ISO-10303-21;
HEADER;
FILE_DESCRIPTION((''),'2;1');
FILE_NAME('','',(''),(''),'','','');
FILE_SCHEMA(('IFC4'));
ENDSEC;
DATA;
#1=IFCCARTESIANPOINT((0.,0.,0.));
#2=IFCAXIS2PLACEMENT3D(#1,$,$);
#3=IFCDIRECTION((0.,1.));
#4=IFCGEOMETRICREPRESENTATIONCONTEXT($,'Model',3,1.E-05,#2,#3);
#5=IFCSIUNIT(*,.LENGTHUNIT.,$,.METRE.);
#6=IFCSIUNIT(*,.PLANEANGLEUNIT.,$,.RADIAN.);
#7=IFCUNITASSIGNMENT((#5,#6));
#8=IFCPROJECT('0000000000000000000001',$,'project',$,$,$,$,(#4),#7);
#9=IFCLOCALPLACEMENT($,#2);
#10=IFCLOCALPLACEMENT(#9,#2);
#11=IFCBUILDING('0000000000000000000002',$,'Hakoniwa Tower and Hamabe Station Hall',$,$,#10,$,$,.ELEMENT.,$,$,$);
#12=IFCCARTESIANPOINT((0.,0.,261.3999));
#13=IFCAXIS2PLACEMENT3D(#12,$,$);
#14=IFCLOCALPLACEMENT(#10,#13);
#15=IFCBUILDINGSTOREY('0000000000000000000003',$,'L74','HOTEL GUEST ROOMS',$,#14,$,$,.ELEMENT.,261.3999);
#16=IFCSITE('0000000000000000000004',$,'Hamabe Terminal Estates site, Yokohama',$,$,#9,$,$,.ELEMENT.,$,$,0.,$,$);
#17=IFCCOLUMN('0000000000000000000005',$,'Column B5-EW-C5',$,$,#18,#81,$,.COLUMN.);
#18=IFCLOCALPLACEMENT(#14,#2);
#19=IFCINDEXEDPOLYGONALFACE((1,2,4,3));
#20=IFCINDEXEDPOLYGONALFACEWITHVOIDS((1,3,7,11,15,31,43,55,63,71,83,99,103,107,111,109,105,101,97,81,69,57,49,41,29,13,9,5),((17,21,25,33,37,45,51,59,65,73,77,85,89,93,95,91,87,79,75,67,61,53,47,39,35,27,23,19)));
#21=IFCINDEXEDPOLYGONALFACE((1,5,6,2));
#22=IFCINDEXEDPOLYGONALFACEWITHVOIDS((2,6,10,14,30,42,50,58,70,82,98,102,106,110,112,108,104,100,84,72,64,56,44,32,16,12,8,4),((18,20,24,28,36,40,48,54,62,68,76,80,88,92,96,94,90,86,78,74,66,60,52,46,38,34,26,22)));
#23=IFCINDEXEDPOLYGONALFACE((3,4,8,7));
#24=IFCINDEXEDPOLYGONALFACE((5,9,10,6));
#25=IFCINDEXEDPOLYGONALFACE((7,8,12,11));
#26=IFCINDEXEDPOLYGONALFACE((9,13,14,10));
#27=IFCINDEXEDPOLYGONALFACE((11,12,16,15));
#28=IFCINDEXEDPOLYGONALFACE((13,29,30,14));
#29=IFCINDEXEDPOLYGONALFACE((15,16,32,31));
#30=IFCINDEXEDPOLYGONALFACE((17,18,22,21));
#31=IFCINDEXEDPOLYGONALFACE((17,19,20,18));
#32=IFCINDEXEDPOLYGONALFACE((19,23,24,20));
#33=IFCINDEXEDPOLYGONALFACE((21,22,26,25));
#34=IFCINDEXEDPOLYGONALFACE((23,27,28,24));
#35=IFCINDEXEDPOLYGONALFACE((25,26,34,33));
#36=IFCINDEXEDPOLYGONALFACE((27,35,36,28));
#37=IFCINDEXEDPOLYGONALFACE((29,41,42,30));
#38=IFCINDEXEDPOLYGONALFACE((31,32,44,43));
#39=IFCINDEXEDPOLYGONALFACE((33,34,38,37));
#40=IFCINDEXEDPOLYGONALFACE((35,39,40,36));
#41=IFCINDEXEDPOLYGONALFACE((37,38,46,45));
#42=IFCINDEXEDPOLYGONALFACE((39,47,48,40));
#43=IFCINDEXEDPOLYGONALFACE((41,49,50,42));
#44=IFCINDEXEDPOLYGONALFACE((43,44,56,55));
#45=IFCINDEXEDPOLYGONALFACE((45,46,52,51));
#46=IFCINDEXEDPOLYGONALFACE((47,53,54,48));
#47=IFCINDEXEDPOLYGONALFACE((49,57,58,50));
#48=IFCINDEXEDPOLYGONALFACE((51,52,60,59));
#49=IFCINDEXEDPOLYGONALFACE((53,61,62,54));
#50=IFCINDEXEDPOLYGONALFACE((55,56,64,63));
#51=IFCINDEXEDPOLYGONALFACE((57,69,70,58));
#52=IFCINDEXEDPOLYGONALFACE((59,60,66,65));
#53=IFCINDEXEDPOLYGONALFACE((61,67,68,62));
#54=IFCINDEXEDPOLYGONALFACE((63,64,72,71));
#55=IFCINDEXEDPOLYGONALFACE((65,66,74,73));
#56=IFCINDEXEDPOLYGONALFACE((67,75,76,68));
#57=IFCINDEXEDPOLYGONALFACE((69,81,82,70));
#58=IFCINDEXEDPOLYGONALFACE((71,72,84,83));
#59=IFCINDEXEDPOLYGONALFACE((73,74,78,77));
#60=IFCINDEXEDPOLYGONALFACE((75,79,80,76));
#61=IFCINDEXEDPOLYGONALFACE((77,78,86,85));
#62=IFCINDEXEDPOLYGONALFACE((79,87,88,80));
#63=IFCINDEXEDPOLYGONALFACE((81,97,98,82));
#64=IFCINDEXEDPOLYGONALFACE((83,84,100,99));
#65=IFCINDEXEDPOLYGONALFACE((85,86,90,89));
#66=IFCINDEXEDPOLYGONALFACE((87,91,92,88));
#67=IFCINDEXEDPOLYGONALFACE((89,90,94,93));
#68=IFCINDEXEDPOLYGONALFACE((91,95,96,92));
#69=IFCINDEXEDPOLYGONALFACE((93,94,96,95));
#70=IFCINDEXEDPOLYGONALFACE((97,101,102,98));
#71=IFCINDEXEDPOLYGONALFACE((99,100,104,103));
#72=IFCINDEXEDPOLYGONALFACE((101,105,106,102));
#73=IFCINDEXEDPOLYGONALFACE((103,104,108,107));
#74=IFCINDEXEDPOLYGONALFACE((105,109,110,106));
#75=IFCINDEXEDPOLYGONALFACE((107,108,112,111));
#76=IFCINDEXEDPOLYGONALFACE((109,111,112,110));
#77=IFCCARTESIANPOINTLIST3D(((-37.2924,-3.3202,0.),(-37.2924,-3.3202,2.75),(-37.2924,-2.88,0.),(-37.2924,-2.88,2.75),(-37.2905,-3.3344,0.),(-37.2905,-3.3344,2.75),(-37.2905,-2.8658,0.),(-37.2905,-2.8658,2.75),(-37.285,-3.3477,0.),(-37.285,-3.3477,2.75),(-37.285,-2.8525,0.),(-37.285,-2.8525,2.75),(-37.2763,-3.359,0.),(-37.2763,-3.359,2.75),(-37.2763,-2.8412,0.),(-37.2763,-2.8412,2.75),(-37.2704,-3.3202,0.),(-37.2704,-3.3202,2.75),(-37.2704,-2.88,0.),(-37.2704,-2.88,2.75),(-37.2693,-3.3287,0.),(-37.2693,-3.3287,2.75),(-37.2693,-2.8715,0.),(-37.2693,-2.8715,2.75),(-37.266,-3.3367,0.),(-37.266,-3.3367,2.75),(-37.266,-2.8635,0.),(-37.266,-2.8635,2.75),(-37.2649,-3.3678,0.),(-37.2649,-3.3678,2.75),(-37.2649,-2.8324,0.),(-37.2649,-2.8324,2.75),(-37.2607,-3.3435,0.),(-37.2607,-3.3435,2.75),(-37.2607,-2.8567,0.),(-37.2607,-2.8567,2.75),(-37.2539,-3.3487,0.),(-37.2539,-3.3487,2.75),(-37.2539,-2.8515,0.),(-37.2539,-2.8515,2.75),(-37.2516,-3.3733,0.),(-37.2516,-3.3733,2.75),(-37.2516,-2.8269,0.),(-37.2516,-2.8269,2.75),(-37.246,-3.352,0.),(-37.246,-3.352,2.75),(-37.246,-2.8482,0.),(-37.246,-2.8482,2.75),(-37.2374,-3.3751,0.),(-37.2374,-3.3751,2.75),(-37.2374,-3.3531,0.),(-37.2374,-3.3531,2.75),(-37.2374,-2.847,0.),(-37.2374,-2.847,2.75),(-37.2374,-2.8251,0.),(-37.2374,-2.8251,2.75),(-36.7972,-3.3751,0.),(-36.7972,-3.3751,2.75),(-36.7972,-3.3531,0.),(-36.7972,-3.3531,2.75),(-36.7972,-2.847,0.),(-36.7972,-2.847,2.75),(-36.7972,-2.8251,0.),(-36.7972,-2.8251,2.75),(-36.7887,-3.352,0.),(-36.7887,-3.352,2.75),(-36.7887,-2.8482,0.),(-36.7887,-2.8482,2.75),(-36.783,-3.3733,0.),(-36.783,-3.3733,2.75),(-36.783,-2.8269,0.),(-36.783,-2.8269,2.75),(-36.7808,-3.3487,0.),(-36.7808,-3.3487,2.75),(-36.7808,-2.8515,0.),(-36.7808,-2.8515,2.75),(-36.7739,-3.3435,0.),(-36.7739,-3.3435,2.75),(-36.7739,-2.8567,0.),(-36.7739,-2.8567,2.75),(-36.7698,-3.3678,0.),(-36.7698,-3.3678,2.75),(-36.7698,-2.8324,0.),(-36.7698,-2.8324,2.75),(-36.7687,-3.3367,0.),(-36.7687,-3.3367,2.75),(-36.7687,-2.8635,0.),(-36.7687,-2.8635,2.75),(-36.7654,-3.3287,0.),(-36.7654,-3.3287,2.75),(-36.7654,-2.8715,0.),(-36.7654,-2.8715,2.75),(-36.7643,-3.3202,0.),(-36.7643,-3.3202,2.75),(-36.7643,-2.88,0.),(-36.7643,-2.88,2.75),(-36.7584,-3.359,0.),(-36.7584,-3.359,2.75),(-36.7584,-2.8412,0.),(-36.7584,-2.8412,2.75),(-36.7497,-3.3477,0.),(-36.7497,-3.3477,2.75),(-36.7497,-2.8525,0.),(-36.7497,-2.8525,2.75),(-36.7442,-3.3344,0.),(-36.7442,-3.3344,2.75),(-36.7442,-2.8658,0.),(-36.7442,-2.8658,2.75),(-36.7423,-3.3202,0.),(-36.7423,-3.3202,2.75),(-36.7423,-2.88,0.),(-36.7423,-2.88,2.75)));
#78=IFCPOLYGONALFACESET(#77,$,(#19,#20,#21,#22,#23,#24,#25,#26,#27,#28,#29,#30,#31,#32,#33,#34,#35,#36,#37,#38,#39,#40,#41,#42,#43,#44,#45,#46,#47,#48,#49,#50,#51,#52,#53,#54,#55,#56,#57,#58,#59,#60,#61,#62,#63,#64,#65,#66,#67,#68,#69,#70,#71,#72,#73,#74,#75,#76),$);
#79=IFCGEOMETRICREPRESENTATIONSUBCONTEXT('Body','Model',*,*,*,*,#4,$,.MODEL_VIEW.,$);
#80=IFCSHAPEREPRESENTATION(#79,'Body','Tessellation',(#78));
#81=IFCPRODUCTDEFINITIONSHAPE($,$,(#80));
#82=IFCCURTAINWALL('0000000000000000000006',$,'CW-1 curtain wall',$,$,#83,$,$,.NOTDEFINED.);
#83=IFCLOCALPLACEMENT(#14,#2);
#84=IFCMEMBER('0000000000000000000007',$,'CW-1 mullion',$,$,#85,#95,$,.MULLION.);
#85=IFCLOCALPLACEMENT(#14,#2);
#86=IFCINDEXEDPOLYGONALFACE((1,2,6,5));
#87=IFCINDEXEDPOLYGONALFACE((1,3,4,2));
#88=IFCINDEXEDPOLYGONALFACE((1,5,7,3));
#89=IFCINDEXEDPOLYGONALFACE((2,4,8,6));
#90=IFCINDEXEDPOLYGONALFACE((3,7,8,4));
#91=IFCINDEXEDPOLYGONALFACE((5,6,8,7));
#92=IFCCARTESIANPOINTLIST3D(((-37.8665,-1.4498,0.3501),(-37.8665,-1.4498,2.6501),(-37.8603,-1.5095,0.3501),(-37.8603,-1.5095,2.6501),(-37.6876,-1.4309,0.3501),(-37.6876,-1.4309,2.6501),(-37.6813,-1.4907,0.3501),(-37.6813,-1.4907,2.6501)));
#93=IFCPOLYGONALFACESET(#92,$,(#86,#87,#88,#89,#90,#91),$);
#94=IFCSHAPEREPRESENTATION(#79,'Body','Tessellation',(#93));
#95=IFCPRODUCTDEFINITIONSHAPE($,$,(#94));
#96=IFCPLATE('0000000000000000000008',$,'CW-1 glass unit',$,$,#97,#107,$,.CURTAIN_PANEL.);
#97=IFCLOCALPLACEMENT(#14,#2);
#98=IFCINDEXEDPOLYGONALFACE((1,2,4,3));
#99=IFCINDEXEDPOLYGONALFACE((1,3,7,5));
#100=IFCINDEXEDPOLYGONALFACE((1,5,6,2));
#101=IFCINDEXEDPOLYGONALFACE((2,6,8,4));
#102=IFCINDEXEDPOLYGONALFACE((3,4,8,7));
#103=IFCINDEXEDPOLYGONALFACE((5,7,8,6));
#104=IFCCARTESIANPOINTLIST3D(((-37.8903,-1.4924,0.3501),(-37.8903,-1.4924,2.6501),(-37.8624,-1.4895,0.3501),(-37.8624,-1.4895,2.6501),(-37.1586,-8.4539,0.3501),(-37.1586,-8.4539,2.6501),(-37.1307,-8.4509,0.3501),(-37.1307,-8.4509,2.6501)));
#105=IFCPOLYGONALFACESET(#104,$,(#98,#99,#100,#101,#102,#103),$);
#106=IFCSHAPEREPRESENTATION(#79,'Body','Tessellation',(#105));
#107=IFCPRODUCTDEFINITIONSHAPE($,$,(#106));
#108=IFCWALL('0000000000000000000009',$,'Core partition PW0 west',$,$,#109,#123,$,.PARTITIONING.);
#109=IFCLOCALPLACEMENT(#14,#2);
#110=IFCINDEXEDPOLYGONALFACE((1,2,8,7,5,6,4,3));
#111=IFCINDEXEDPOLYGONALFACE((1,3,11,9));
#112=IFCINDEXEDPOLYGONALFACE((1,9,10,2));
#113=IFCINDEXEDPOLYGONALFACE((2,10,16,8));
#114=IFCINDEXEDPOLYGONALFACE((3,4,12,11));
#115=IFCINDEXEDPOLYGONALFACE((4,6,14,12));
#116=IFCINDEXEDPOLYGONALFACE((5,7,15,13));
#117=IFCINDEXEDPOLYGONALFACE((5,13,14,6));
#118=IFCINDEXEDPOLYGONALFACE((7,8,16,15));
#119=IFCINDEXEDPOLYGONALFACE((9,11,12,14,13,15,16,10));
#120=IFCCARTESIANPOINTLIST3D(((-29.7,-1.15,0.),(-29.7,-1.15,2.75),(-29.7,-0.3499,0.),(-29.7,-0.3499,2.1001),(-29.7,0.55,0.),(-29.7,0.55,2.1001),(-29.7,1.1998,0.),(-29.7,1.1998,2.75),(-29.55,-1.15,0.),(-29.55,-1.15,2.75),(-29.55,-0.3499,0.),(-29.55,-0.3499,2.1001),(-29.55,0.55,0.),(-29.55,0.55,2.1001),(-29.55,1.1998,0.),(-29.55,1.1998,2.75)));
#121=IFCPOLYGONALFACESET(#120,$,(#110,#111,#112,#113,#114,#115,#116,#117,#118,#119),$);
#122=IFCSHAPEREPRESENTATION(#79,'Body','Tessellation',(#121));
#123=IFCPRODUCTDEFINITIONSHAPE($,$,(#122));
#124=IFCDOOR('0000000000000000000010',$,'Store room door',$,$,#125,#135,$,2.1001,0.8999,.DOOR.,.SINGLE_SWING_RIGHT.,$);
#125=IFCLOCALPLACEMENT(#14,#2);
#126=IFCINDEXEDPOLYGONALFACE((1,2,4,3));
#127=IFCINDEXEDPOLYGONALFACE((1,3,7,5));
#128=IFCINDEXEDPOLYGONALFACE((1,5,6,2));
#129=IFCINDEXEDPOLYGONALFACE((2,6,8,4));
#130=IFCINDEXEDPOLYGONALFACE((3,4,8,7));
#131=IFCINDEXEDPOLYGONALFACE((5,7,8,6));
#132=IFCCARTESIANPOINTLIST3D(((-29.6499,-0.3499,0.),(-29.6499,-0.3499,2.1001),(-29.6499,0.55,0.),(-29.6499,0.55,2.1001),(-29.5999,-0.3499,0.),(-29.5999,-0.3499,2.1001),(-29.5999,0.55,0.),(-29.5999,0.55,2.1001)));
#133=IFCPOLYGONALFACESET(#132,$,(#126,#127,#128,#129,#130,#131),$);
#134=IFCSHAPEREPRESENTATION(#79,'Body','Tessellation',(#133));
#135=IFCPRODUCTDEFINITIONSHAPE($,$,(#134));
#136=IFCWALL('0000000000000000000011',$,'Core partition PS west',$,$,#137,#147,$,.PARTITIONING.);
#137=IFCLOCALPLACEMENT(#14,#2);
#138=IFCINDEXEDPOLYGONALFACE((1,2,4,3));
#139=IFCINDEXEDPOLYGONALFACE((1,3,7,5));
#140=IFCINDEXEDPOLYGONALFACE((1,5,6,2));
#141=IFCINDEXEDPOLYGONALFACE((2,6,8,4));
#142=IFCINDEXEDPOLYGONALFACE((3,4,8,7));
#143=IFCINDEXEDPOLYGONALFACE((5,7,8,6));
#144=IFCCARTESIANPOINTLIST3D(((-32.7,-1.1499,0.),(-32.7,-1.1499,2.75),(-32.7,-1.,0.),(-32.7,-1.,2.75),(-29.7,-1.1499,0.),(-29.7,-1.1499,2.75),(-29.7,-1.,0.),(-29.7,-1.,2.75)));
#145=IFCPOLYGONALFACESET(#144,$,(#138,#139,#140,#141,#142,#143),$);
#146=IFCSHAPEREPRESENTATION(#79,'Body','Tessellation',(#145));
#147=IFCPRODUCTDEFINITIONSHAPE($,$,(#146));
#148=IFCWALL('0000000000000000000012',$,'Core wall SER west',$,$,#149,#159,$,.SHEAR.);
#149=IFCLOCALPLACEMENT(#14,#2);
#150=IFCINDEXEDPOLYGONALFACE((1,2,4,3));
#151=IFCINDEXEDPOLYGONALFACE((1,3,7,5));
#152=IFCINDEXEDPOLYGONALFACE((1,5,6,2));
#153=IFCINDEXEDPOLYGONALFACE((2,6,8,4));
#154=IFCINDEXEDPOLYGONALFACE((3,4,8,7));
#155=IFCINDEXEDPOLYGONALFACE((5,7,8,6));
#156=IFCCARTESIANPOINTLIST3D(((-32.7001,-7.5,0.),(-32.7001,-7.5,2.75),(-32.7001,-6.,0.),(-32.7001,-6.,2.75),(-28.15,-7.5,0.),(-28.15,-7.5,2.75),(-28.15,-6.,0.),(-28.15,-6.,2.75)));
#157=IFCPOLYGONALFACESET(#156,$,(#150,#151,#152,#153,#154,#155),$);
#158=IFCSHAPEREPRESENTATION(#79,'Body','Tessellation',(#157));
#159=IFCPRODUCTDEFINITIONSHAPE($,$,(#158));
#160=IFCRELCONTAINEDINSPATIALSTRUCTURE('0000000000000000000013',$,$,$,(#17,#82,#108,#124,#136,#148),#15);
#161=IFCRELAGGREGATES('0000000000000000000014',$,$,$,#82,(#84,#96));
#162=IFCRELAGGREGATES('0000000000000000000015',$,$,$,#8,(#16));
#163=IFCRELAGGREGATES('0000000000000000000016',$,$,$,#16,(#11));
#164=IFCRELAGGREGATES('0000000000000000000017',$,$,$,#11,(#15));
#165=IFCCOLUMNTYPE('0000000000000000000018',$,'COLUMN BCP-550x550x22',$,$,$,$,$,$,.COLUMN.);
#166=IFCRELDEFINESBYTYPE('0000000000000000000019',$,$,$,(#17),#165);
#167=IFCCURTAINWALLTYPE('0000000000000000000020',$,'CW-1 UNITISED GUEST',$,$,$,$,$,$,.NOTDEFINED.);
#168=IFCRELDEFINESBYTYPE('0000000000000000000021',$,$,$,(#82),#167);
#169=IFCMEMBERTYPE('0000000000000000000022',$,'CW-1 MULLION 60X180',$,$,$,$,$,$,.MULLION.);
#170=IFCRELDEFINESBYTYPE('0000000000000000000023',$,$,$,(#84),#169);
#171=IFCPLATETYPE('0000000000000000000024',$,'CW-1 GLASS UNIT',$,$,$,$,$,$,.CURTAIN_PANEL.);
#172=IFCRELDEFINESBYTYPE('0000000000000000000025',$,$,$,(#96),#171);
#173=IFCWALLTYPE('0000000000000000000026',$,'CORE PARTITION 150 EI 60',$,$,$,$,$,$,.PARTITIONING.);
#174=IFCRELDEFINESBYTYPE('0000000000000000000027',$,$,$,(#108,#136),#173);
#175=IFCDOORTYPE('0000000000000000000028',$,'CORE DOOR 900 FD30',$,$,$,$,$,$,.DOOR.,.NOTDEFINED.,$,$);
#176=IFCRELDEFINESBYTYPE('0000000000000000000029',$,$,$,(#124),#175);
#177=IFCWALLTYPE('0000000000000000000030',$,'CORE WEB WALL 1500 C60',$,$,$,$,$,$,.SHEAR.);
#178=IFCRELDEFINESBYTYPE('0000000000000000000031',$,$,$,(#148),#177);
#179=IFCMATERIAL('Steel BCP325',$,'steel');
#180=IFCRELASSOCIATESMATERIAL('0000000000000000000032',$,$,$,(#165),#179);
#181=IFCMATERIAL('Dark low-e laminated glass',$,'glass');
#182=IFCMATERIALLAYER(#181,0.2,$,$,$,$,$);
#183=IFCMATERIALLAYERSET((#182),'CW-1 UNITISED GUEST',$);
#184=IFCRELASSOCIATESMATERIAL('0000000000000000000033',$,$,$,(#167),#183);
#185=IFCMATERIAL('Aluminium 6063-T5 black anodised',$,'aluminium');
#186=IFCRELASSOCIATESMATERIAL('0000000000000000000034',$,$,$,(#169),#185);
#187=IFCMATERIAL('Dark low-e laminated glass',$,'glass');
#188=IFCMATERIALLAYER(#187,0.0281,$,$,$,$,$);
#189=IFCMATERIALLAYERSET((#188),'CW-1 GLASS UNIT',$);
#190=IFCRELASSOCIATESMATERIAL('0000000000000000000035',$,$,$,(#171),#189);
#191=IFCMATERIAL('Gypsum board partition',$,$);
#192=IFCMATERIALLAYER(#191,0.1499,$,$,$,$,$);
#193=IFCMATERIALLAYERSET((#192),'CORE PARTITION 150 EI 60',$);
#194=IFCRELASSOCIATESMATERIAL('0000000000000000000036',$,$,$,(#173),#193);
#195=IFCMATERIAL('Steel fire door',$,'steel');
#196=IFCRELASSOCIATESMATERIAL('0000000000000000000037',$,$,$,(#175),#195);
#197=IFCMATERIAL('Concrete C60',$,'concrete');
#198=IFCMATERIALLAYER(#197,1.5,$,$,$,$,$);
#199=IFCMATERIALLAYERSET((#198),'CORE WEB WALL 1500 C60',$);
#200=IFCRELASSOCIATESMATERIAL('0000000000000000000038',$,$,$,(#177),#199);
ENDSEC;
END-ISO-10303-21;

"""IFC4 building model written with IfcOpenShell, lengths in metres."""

from ifc_helpers import new_model, si_unit, direction, frame, frame_2d, origin, origin_2d, place, context, subcontext, project, spatial, rectangle, hollow_rectangle, extrude, material, layer, layer_set, material_profile, profile_set, type_object, element, fill, aggregate, save


model = new_model("IFC4")

# Units and contexts
model_context = context("Model", 3, precision=1e-05, world=origin(), true_north=direction((0.0, 1.0)))
body_context = subcontext(model_context, "Body", "Model", "MODEL_VIEW")
ifc_project = project(units=[si_unit("LENGTHUNIT", "METRE"), si_unit("PLANEANGLEUNIT", "RADIAN")], contexts=[model_context])

# Site, building, storey
site_placement = place(None, origin())
site = spatial("IfcSite", under=ifc_project, at=site_placement, Name="Hamabe Terminal Estates site, Yokohama", CompositionType="ELEMENT", RefElevation=0.0)
building_placement = place(site_placement, origin())
building = spatial("IfcBuilding", under=site, at=building_placement, Name="Hakoniwa Tower and Hamabe Station Hall", CompositionType="ELEMENT")
storey_placement = place(building_placement, frame((0.0, 0.0, 261.3999)))
storey = spatial("IfcBuildingStorey", under=building, at=storey_placement, Name="L74", Description="HOTEL GUEST ROOMS", CompositionType="ELEMENT", Elevation=261.3999)

# Column
ifc_material_1 = material(Name="Steel BCP325", Category="steel")
ifc_material_profile_1 = material_profile(ifc_material_1, hollow_rectangle(XDim=0.55, YDim=0.55, WallThickness=0.022, InnerFilletRadius=0.033, OuterFilletRadius=0.0549, at=origin_2d()), Name="BCP-550x550x22")
ifc_profile_set_1 = profile_set([ifc_material_profile_1], Name="Steel BCP325")
column_type = type_object("IfcColumnType", Name="COLUMN BCP-550x550x22", PredefinedType="COLUMN", material=ifc_profile_set_1)
column_placement = place(storey_placement, frame((-37.0173, -3.1001, 0.0), z_axis=(0.0, 0.0, 1.0), x_axis=(1.0, 0.0, 0.0)))
element("IfcColumn", 1, at=column_placement, inside=storey, type_object=column_type, Name="Column B5-EW-C5", PredefinedType="COLUMN", context=body_context, shape_type="SweptSolid", body=[
    extrude(hollow_rectangle(XDim=0.55, YDim=0.55, WallThickness=0.022, InnerFilletRadius=0.033, OuterFilletRadius=0.0549, at=origin_2d()), origin(), (0.0, 0.0, 1.0), 2.75),
])

# Curtain wall, member, plate
ifc_material_2 = material(Name="Dark low-e laminated glass", Category="glass")
ifc_layer_1 = layer(ifc_material_2, 0.2)
ifc_layer_set_1 = layer_set([ifc_layer_1], Name="CW-1 UNITISED GUEST")
curtain_wall_type = type_object("IfcCurtainWallType", Name="CW-1 UNITISED GUEST", PredefinedType="NOTDEFINED", material=ifc_layer_set_1)
curtain_wall_placement = place(storey_placement, origin())
curtain_wall = element("IfcCurtainWall", 2, at=curtain_wall_placement, inside=storey, type_object=curtain_wall_type, Name="CW-1 curtain wall", PredefinedType="NOTDEFINED")
ifc_material_3 = material(Name="Aluminium 6063-T5 black anodised", Category="aluminium")
ifc_material_profile_2 = material_profile(ifc_material_3, rectangle(XDim=0.0601, YDim=0.1799, at=origin_2d()), Name="CW-1 MULLION 60X180")
ifc_profile_set_2 = profile_set([ifc_material_profile_2], Name="Aluminium 6063-T5 black anodised")
member_type = type_object("IfcMemberType", Name="CW-1 MULLION 60X180", PredefinedType="MULLION", material=ifc_profile_set_2)
member_placement = place(storey_placement, frame((-37.7739, -1.4702, 0.3501), z_axis=(0.0, 0.0, 1.0), x_axis=(0.104528, -0.994522, 0.0)))
member = element("IfcMember", 3, at=member_placement, type_object=member_type, Name="CW-1 mullion", PredefinedType="MULLION", context=body_context, shape_type="SweptSolid", body=[
    extrude(rectangle(XDim=0.0601, YDim=0.1799, at=origin_2d()), origin(), (0.0, 0.0, 1.0), 2.3),
])
ifc_material_4 = material(Name="Dark low-e laminated glass", Category="glass")
ifc_layer_2 = layer(ifc_material_4, 0.0281)
ifc_layer_set_2 = layer_set([ifc_layer_2], Name="CW-1 GLASS UNIT")
plate_type = type_object("IfcPlateType", Name="CW-1 GLASS UNIT", PredefinedType="CURTAIN_PANEL", material=ifc_layer_set_2)
plate_placement = place(storey_placement, frame((-37.5105, -4.9717, 0.3501), z_axis=(0.0, 0.0, 1.0), x_axis=(0.104528, -0.994522, 0.0)))
plate = element("IfcPlate", 4, at=plate_placement, type_object=plate_type, Name="CW-1 glass unit", PredefinedType="CURTAIN_PANEL", context=body_context, shape_type="SweptSolid", body=[
    extrude(rectangle(XDim=6.9998, YDim=0.0281, at=origin_2d()), origin(), (0.0, 0.0, 1.0), 2.3),
])
aggregate(curtain_wall, [member, plate])

# Wall, opening, door
ifc_material_5 = material(Name="Gypsum board partition")
ifc_layer_3 = layer(ifc_material_5, 0.1499)
ifc_layer_set_3 = layer_set([ifc_layer_3], Name="CORE PARTITION 150 EI 60")
wall_type_1 = type_object("IfcWallType", Name="CORE PARTITION 150 EI 60", PredefinedType="PARTITIONING", material=ifc_layer_set_3)
wall_1_placement = place(storey_placement, frame((-29.625, -1.1499, 0.0), z_axis=(0.0, 0.0, 1.0), x_axis=(0.0, 1.0, 0.0)))
wall_1 = element("IfcWall", 5, at=wall_1_placement, inside=storey, type_object=wall_type_1, Name="Core partition PW0 west", PredefinedType="PARTITIONING", context=body_context, shape_type="SweptSolid", body=[
    extrude(rectangle(XDim=2.3499, YDim=0.1499, at=frame_2d((1.1748, 0.0))), origin(), (0.0, 0.0, 1.0), 2.75),
])
opening_1_placement = place(wall_1_placement, frame((0.8, 0.0, 0.0)))
opening_1 = element("IfcOpeningElement", 6, at=opening_1_placement, cuts=wall_1, PredefinedType="OPENING", context=body_context, shape_type="SweptSolid", body=[
    extrude(rectangle(XDim=0.8999, YDim=2.1001, at=frame_2d((0.45, 1.05))), frame((0.0, 0.085, 0.0), z_axis=(0.0, -1.0, 0.0), x_axis=(1.0, 0.0, 0.0)), (0.0, 0.0, 1.0), 0.1699),
])
ifc_material_6 = material(Name="Steel fire door", Category="steel")
door_type_1 = type_object("IfcDoorType", Name="CORE DOOR 900 FD30", OperationType="NOTDEFINED", PredefinedType="DOOR", material=ifc_material_6)
door_1_placement = place(opening_1_placement, origin())
door_1 = element("IfcDoor", 7, at=door_1_placement, inside=storey, type_object=door_type_1, Name="Store room door", OperationType="SINGLE_SWING_RIGHT", OverallHeight=2.1001, OverallWidth=0.8999, PredefinedType="DOOR", context=body_context, shape_type="SweptSolid", body=[
    extrude(rectangle(XDim=0.8999, YDim=2.1001, at=frame_2d((0.45, 1.05))), frame((0.0, 0.0249, 0.0), z_axis=(0.0, -1.0, 0.0), x_axis=(1.0, 0.0, 0.0)), (0.0, 0.0, 1.0), 0.05),
])
fill(opening_1, door_1)

# Walls
wall_2_placement = place(storey_placement, frame((-32.7, -1.075, 0.0), z_axis=(0.0, 0.0, 1.0), x_axis=(1.0, 0.0, 0.0)))
element("IfcWall", 8, at=wall_2_placement, inside=storey, type_object=wall_type_1, Name="Core partition PS west", PredefinedType="PARTITIONING", context=body_context, shape_type="SweptSolid", body=[
    extrude(rectangle(XDim=3.0, YDim=0.1499, at=frame_2d((1.5, 0.0))), origin(), (0.0, 0.0, 1.0), 2.75),
])
ifc_material_7 = material(Name="Concrete C60", Category="concrete")
ifc_layer_4 = layer(ifc_material_7, 1.5)
ifc_layer_set_4 = layer_set([ifc_layer_4], Name="CORE WEB WALL 1500 C60")
wall_type_2 = type_object("IfcWallType", Name="CORE WEB WALL 1500 C60", PredefinedType="SHEAR", material=ifc_layer_set_4)
wall_3_placement = place(storey_placement, frame((-32.7, -6.75, 0.0), z_axis=(0.0, 0.0, 1.0), x_axis=(1.0, 0.0, 0.0)))
element("IfcWall", 9, at=wall_3_placement, inside=storey, type_object=wall_type_2, Name="Core wall SER west", PredefinedType="SHEAR", context=body_context, shape_type="SweptSolid", body=[
    extrude(rectangle(XDim=4.55, YDim=1.5, at=frame_2d((2.2749, 0.0))), origin(), (0.0, 0.0, 1.0), 2.75),
])

save(model, "model.ifc")
